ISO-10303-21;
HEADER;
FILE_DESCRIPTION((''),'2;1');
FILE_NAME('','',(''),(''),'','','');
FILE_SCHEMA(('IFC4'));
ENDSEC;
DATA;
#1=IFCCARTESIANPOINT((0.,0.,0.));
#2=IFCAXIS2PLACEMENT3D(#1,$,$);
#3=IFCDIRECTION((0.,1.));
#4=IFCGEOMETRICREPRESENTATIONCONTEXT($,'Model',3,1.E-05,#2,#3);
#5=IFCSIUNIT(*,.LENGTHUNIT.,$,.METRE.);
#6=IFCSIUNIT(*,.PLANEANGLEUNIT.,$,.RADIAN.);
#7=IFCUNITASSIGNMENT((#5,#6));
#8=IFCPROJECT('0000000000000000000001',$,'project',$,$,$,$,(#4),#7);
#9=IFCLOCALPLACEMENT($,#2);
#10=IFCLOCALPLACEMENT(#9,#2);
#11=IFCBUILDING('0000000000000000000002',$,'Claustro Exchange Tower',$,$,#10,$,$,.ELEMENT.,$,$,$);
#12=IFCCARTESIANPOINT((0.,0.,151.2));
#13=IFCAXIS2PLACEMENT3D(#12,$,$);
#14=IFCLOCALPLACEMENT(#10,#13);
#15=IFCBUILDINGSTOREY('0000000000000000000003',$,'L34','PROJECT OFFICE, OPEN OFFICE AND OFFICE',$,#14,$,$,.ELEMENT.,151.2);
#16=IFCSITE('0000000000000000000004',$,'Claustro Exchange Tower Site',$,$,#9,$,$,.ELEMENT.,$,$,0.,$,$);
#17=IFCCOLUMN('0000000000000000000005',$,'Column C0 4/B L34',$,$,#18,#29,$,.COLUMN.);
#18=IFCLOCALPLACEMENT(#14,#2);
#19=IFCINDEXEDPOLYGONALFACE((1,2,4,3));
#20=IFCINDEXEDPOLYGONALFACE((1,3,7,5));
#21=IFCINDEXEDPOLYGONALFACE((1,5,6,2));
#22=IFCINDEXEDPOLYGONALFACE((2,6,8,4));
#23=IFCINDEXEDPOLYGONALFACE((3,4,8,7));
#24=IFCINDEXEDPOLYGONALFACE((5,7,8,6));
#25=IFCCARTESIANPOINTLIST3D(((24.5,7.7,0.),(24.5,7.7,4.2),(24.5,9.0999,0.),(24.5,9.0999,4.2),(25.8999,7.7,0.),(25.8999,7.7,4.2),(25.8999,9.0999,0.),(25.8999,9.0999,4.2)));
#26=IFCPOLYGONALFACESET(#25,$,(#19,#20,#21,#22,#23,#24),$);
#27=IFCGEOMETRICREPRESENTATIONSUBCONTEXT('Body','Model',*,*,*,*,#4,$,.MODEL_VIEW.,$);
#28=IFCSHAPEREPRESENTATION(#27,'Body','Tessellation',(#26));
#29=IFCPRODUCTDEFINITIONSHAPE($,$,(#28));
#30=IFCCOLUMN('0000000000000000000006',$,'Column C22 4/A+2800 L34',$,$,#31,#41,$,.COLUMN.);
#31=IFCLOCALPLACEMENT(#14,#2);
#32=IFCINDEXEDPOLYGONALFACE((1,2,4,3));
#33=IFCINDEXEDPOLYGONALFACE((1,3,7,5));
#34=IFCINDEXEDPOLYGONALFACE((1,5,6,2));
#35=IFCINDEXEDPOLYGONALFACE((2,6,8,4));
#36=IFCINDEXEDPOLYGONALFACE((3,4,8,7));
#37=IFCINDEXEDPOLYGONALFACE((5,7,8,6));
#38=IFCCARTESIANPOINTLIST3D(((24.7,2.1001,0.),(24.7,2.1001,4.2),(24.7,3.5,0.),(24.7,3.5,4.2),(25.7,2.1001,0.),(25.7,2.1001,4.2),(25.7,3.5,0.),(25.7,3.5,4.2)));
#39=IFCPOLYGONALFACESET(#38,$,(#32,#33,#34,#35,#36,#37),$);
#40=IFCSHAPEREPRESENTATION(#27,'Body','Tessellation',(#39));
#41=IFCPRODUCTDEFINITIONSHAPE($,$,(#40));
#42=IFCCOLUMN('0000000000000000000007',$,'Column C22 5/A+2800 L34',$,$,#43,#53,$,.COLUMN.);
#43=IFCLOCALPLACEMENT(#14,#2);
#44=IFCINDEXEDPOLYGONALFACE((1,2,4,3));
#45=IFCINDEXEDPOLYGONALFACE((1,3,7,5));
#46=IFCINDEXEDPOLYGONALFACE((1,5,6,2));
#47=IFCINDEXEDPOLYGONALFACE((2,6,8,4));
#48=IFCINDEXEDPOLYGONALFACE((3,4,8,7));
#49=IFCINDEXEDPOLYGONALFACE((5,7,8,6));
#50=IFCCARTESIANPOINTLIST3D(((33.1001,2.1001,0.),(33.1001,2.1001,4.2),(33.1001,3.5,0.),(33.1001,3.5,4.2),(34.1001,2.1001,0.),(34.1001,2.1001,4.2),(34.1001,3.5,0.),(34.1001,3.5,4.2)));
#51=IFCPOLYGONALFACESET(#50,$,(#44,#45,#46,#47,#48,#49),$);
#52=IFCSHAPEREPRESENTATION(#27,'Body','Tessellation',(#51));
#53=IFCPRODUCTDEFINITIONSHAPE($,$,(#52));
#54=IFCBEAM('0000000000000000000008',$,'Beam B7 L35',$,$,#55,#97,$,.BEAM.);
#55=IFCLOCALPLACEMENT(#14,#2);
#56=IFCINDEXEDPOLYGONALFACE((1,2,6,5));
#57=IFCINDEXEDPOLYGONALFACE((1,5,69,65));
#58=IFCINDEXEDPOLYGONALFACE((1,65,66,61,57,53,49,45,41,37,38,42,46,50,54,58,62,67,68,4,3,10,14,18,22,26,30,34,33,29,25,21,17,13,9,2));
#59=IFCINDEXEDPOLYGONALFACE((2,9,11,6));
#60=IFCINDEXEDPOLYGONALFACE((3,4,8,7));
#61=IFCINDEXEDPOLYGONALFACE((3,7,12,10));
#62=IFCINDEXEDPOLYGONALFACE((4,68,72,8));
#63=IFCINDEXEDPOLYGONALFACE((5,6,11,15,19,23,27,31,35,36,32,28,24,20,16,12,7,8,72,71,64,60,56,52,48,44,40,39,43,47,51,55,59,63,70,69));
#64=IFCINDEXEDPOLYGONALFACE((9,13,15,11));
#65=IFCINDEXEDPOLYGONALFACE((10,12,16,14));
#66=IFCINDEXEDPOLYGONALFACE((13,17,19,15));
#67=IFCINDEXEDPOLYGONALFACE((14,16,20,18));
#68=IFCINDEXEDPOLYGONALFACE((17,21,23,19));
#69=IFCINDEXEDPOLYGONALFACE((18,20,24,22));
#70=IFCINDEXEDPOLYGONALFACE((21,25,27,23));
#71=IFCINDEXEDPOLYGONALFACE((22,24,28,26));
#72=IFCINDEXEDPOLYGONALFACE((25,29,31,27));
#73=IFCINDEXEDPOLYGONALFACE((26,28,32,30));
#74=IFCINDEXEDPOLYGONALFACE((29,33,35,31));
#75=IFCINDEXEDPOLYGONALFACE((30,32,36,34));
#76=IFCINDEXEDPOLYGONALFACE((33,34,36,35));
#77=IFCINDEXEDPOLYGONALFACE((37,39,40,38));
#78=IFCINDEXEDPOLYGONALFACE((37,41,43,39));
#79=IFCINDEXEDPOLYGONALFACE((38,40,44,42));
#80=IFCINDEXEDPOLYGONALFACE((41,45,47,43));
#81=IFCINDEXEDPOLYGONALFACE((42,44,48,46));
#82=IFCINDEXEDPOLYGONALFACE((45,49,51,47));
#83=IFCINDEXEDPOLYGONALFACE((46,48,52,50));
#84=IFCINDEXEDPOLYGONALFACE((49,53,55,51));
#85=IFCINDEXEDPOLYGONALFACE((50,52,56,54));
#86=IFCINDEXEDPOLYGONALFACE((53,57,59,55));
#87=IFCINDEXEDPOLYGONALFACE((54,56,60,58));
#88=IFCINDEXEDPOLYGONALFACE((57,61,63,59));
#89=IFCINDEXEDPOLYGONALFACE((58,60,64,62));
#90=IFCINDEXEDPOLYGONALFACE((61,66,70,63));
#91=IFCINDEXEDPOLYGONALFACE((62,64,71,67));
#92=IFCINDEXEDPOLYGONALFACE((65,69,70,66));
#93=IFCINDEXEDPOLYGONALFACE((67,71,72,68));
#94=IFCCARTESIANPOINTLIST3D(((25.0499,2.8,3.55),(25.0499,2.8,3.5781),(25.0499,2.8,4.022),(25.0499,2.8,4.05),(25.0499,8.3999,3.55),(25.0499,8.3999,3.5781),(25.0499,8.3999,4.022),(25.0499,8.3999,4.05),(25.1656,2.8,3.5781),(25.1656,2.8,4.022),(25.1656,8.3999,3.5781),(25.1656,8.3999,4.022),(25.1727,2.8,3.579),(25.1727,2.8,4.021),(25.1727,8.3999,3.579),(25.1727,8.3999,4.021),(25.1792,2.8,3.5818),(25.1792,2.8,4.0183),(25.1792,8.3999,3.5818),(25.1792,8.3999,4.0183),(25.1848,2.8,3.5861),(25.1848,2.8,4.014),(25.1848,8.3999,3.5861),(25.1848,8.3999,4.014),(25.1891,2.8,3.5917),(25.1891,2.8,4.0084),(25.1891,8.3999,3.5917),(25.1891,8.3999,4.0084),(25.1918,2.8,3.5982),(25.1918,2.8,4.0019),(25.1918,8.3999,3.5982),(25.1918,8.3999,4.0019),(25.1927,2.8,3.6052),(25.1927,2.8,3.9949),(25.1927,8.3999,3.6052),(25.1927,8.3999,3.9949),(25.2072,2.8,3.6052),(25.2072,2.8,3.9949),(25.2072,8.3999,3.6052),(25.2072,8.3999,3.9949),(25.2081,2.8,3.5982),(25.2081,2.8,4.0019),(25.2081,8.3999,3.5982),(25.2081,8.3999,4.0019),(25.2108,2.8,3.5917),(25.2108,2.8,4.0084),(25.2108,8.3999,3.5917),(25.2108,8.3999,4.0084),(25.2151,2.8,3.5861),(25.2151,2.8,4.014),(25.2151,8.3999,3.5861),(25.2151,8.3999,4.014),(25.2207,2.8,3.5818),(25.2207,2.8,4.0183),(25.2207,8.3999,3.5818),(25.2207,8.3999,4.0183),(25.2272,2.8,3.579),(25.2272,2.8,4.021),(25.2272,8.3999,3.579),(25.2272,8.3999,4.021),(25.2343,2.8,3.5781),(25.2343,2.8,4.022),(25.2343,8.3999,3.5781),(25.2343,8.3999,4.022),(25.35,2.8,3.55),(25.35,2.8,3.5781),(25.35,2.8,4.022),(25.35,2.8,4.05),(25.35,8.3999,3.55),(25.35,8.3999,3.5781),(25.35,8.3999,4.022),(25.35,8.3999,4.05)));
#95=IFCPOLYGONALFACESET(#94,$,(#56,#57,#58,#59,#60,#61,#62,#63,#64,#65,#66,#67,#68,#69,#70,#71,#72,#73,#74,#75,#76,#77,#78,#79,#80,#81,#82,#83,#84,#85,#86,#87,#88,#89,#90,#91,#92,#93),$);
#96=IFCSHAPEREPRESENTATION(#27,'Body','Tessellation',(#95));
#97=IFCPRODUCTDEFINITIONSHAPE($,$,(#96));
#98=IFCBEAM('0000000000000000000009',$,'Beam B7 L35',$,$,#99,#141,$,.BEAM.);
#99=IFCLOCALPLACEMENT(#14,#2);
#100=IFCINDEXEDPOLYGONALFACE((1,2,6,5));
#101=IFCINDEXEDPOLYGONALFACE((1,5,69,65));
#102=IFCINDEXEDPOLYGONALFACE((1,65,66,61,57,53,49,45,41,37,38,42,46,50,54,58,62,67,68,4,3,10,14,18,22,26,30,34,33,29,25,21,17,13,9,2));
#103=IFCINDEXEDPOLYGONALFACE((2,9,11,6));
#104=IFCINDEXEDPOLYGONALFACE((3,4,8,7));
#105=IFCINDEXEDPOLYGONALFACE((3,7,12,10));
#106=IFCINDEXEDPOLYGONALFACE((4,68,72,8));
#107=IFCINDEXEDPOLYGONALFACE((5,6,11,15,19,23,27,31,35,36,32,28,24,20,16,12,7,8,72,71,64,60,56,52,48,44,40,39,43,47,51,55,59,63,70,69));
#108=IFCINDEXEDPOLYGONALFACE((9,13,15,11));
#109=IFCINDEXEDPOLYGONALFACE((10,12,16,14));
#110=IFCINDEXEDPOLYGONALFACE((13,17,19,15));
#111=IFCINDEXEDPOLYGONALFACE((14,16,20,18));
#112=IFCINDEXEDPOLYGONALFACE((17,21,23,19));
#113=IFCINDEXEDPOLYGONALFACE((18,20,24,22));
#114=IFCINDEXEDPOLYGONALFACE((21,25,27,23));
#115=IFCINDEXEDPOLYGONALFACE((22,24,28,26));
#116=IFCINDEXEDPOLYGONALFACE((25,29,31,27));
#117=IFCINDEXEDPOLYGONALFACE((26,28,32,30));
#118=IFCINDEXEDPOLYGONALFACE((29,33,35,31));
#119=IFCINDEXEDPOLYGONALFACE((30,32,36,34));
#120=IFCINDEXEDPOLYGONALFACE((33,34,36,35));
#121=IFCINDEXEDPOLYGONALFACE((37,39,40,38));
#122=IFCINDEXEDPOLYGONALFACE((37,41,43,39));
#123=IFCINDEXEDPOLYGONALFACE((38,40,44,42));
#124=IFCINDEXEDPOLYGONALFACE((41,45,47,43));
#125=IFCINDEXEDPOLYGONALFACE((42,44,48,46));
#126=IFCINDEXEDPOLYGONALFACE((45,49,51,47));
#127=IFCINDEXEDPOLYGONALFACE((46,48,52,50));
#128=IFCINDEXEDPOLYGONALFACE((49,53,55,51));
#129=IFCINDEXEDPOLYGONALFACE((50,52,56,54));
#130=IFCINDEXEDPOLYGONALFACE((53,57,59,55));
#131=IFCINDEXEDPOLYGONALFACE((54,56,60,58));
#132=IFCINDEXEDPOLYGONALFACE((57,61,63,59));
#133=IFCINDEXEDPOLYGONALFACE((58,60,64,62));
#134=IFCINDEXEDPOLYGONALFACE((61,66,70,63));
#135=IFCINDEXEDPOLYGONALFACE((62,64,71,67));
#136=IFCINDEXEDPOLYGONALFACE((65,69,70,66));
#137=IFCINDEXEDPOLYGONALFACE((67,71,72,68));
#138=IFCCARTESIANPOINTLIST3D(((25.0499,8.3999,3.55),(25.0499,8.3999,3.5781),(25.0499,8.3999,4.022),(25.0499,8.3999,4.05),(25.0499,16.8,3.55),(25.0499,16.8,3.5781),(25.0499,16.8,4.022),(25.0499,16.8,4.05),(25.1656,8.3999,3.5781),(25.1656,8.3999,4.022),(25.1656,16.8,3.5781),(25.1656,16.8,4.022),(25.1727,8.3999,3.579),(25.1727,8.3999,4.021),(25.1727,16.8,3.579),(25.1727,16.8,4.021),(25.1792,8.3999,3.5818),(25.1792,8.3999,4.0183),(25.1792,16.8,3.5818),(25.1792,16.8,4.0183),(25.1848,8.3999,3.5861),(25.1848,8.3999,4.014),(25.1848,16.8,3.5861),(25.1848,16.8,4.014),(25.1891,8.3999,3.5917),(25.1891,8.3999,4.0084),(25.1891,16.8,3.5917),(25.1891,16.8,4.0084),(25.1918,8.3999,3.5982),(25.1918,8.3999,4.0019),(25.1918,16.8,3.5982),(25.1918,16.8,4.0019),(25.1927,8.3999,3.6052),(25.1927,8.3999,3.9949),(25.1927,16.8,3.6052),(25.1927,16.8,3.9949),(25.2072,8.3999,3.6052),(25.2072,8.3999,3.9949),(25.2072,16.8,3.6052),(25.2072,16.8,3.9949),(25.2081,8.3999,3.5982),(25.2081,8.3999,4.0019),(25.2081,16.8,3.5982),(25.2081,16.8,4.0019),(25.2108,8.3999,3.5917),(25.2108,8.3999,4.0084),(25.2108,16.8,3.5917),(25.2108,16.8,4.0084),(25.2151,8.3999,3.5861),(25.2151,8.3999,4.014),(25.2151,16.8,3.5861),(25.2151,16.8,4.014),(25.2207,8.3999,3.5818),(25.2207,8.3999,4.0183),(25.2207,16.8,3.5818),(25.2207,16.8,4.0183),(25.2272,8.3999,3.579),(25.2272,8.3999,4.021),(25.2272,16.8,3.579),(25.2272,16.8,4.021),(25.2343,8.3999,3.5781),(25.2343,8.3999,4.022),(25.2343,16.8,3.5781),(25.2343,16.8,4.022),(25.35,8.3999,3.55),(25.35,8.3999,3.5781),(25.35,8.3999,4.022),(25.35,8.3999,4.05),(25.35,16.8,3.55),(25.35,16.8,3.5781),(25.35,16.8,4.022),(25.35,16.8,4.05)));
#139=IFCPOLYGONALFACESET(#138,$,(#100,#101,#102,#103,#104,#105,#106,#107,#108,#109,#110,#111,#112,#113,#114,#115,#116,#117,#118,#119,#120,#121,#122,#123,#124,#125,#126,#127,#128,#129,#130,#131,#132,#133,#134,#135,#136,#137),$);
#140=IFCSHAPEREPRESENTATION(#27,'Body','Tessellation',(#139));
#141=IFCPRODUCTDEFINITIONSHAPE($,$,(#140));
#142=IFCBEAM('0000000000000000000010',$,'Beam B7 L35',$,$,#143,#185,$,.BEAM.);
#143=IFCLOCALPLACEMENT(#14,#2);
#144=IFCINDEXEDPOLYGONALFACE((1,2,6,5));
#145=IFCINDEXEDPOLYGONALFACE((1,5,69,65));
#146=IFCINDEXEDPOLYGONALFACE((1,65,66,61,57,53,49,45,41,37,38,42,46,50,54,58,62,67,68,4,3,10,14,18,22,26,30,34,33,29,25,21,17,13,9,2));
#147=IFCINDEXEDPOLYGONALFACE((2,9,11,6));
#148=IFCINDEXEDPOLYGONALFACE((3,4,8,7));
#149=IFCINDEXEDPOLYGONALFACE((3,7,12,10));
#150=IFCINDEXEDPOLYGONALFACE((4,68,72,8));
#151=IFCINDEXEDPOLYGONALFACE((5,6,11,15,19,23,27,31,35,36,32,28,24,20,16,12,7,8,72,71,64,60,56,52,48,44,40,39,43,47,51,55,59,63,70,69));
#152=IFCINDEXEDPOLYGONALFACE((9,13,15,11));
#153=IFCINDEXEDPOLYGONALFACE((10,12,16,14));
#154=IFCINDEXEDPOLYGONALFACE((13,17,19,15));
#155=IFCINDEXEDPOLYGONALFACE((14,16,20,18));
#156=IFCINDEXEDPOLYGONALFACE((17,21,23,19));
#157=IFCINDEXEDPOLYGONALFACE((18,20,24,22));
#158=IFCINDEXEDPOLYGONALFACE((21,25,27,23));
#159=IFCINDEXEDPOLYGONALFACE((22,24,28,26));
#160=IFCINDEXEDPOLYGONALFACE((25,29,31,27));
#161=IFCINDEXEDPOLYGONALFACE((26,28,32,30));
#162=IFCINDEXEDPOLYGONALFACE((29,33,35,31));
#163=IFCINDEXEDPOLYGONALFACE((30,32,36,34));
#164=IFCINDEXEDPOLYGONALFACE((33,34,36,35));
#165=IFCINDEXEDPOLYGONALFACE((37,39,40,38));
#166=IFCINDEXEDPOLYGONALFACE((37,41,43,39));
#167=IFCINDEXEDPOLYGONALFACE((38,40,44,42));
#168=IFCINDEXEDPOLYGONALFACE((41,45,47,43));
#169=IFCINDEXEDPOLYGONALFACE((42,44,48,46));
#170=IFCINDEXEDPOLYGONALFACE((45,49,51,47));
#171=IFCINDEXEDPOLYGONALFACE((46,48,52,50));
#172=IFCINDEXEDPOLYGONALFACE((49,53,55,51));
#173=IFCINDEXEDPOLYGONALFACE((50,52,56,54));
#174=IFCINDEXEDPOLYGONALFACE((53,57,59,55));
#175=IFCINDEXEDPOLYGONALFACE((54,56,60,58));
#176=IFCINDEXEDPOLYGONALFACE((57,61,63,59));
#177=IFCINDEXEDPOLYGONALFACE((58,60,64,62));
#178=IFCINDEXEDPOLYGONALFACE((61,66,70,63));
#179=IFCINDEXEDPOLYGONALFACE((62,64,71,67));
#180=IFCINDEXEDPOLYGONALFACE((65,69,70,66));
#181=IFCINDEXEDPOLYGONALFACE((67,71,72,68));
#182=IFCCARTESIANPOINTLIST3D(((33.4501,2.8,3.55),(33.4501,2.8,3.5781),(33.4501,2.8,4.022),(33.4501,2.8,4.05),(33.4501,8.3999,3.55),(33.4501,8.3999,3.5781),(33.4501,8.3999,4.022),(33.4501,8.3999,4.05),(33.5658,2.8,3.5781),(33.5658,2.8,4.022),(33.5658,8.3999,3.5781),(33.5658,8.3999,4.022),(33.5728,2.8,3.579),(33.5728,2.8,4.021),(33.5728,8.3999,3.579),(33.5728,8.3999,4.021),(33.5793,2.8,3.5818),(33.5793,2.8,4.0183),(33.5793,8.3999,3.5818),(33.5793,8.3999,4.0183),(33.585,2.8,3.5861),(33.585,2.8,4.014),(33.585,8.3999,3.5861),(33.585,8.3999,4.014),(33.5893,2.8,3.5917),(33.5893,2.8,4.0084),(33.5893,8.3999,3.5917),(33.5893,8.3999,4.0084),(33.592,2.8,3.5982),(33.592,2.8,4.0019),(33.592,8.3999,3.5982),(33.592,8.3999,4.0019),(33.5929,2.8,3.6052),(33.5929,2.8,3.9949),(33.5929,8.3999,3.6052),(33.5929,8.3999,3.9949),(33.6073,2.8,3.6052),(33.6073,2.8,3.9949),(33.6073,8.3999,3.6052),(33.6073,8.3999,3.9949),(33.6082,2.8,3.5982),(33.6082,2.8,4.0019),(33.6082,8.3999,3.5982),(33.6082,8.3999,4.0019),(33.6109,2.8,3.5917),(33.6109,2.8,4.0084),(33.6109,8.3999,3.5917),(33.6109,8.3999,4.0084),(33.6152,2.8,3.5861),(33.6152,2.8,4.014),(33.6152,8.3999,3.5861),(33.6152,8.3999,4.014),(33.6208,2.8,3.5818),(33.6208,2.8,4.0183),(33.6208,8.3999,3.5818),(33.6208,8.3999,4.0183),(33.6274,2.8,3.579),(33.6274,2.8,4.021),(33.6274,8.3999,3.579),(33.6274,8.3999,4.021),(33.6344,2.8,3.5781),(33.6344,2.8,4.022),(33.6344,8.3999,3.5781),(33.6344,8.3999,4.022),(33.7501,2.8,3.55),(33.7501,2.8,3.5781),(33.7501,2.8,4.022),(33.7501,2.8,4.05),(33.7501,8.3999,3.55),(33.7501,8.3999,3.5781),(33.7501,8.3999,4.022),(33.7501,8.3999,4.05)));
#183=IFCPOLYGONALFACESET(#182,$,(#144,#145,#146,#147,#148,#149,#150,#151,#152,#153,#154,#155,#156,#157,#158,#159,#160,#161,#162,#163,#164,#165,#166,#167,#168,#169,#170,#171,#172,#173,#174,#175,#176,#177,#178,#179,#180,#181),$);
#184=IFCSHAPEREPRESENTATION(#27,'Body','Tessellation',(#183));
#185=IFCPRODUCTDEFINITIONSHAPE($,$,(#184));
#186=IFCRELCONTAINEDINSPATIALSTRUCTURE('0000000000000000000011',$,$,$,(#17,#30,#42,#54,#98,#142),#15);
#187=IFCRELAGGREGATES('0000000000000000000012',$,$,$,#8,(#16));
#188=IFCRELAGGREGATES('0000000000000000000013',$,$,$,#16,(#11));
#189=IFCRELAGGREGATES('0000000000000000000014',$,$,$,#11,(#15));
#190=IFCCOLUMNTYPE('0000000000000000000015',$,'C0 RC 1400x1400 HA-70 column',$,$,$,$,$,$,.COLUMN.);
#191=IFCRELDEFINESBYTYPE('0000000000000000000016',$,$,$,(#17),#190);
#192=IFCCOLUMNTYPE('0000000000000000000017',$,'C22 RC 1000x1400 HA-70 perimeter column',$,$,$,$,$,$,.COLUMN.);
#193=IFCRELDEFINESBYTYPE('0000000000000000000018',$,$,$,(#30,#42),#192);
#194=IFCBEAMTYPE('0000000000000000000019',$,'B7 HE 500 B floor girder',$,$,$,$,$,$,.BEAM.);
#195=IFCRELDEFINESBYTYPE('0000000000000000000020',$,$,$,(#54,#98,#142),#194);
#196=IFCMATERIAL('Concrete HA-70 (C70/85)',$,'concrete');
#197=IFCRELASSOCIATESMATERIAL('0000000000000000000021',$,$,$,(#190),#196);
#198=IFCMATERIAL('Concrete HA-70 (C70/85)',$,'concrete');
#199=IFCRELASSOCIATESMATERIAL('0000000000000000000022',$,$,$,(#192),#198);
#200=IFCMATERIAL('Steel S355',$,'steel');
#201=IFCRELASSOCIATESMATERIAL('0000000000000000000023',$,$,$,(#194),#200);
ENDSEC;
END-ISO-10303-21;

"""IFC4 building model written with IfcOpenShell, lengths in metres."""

from ifc_helpers import new_model, si_unit, direction, frame, origin, origin_2d, place, context, subcontext, project, spatial, rectangle, i_section, extrude, material, material_profile, profile_set, type_object, element, save


model = new_model("IFC4")

# Units and contexts
model_context = context("Model", 3, precision=1e-05, world=origin(), true_north=direction((0.0, 1.0)))
body_context = subcontext(model_context, "Body", "Model", "MODEL_VIEW")
ifc_project = project(units=[si_unit("LENGTHUNIT", "METRE"), si_unit("PLANEANGLEUNIT", "RADIAN")], contexts=[model_context])

# Site, building, storey
site_placement = place(None, origin())
site = spatial("IfcSite", under=ifc_project, at=site_placement, Name="Claustro Exchange Tower Site", CompositionType="ELEMENT", RefElevation=0.0)
building_placement = place(site_placement, origin())
building = spatial("IfcBuilding", under=site, at=building_placement, Name="Claustro Exchange Tower", CompositionType="ELEMENT")
storey_placement = place(building_placement, frame((0.0, 0.0, 151.2)))
storey = spatial("IfcBuildingStorey", under=building, at=storey_placement, Name="L34", Description="PROJECT OFFICE, OPEN OFFICE AND OFFICE", CompositionType="ELEMENT", Elevation=151.2)

# Columns
ifc_material_1 = material(Name="Concrete HA-70 (C70/85)", Category="concrete")
ifc_material_profile_1 = material_profile(ifc_material_1, rectangle(XDim=1.3999, YDim=1.3999, at=origin_2d()), Name="RC 1400x1400")
ifc_profile_set_1 = profile_set([ifc_material_profile_1], Name="Concrete HA-70 (C70/85)")
column_type_1 = type_object("IfcColumnType", Name="C0 RC 1400x1400 HA-70 column", PredefinedType="COLUMN", material=ifc_profile_set_1)
column_placement = place(storey_placement, frame((25.2, 8.3999, 0.0), z_axis=(0.0, 0.0, 1.0), x_axis=(1.0, 0.0, 0.0)))
element("IfcColumn", 1, at=column_placement, inside=storey, type_object=column_type_1, Name="Column C0 4/B L34", PredefinedType="COLUMN", context=body_context, shape_type="SweptSolid", body=[
    extrude(rectangle(XDim=1.3999, YDim=1.3999, at=origin_2d()), origin(), (0.0, 0.0, 1.0), 4.2),
])
ifc_material_2 = material(Name="Concrete HA-70 (C70/85)", Category="concrete")
ifc_material_profile_2 = material_profile(ifc_material_2, rectangle(XDim=1.0, YDim=1.3999, at=origin_2d()), Name="RC 1000x1400")
ifc_profile_set_2 = profile_set([ifc_material_profile_2], Name="Concrete HA-70 (C70/85)")
column_type_2 = type_object("IfcColumnType", Name="C22 RC 1000x1400 HA-70 perimeter column", PredefinedType="COLUMN", material=ifc_profile_set_2)
for number, where, z_axis, x_axis, name in (
    (2, (25.2, 2.8, 0.0), (0.0, 0.0, 1.0), (1.0, 0.0, 0.0), "Column C22 4/A+2800 L34"),
    (3, (33.6001, 2.8, 0.0), (0.0, 0.0, 1.0), (1.0, 0.0, 0.0), "Column C22 5/A+2800 L34"),
):
    element("IfcColumn", number, at=place(storey_placement, frame(where, z_axis=z_axis, x_axis=x_axis)), inside=storey, type_object=column_type_2, Name=name, PredefinedType="COLUMN", context=body_context, shape_type="SweptSolid", body=[
        extrude(rectangle(XDim=1.0, YDim=1.3999, at=origin_2d()), origin(), (0.0, 0.0, 1.0), 4.2),
    ])

# Beams
ifc_material_3 = material(Name="Steel S355", Category="steel")
ifc_material_profile_3 = material_profile(ifc_material_3, i_section(OverallWidth=0.3, OverallDepth=0.5, WebThickness=0.0144, FlangeThickness=0.0281, FilletRadius=0.0271, at=origin_2d()), Name="HE 500 B")
ifc_profile_set_3 = profile_set([ifc_material_profile_3], Name="Steel S355")
beam_type_1 = type_object("IfcBeamType", Name="B7 HE 500 B floor girder", PredefinedType="BEAM", material=ifc_profile_set_3)
beam_1_placement = place(storey_placement, frame((25.2, 2.8, 3.8), z_axis=(0.0, 1.0, 0.0), x_axis=(-1.0, 0.0, 0.0)))
element("IfcBeam", 4, at=beam_1_placement, inside=storey, type_object=beam_type_1, Name="Beam B7 L35", PredefinedType="BEAM", context=body_context, shape_type="SweptSolid", body=[
    extrude(i_section(OverallWidth=0.3, OverallDepth=0.5, WebThickness=0.0144, FlangeThickness=0.0281, FilletRadius=0.0271, at=origin_2d()), origin(), (0.0, 0.0, 1.0), 5.5999),
])
beam_2_placement = place(storey_placement, frame((25.2, 8.3999, 3.8), z_axis=(0.0, 1.0, 0.0), x_axis=(-1.0, 0.0, 0.0)))
element("IfcBeam", 5, at=beam_2_placement, inside=storey, type_object=beam_type_1, Name="Beam B7 L35", PredefinedType="BEAM", context=body_context, shape_type="SweptSolid", body=[
    extrude(i_section(OverallWidth=0.3, OverallDepth=0.5, WebThickness=0.0144, FlangeThickness=0.0281, FilletRadius=0.0271, at=origin_2d()), origin(), (0.0, 0.0, 1.0), 8.4001),
])
beam_3_placement = place(storey_placement, frame((33.6001, 2.8, 3.8), z_axis=(0.0, 1.0, 0.0), x_axis=(-1.0, 0.0, 0.0)))
element("IfcBeam", 6, at=beam_3_placement, inside=storey, type_object=beam_type_1, Name="Beam B7 L35", PredefinedType="BEAM", context=body_context, shape_type="SweptSolid", body=[
    extrude(i_section(OverallWidth=0.3, OverallDepth=0.5, WebThickness=0.0144, FlangeThickness=0.0281, FilletRadius=0.0271, at=origin_2d()), origin(), (0.0, 0.0, 1.0), 5.5999),
])

save(model, "model.ifc")
